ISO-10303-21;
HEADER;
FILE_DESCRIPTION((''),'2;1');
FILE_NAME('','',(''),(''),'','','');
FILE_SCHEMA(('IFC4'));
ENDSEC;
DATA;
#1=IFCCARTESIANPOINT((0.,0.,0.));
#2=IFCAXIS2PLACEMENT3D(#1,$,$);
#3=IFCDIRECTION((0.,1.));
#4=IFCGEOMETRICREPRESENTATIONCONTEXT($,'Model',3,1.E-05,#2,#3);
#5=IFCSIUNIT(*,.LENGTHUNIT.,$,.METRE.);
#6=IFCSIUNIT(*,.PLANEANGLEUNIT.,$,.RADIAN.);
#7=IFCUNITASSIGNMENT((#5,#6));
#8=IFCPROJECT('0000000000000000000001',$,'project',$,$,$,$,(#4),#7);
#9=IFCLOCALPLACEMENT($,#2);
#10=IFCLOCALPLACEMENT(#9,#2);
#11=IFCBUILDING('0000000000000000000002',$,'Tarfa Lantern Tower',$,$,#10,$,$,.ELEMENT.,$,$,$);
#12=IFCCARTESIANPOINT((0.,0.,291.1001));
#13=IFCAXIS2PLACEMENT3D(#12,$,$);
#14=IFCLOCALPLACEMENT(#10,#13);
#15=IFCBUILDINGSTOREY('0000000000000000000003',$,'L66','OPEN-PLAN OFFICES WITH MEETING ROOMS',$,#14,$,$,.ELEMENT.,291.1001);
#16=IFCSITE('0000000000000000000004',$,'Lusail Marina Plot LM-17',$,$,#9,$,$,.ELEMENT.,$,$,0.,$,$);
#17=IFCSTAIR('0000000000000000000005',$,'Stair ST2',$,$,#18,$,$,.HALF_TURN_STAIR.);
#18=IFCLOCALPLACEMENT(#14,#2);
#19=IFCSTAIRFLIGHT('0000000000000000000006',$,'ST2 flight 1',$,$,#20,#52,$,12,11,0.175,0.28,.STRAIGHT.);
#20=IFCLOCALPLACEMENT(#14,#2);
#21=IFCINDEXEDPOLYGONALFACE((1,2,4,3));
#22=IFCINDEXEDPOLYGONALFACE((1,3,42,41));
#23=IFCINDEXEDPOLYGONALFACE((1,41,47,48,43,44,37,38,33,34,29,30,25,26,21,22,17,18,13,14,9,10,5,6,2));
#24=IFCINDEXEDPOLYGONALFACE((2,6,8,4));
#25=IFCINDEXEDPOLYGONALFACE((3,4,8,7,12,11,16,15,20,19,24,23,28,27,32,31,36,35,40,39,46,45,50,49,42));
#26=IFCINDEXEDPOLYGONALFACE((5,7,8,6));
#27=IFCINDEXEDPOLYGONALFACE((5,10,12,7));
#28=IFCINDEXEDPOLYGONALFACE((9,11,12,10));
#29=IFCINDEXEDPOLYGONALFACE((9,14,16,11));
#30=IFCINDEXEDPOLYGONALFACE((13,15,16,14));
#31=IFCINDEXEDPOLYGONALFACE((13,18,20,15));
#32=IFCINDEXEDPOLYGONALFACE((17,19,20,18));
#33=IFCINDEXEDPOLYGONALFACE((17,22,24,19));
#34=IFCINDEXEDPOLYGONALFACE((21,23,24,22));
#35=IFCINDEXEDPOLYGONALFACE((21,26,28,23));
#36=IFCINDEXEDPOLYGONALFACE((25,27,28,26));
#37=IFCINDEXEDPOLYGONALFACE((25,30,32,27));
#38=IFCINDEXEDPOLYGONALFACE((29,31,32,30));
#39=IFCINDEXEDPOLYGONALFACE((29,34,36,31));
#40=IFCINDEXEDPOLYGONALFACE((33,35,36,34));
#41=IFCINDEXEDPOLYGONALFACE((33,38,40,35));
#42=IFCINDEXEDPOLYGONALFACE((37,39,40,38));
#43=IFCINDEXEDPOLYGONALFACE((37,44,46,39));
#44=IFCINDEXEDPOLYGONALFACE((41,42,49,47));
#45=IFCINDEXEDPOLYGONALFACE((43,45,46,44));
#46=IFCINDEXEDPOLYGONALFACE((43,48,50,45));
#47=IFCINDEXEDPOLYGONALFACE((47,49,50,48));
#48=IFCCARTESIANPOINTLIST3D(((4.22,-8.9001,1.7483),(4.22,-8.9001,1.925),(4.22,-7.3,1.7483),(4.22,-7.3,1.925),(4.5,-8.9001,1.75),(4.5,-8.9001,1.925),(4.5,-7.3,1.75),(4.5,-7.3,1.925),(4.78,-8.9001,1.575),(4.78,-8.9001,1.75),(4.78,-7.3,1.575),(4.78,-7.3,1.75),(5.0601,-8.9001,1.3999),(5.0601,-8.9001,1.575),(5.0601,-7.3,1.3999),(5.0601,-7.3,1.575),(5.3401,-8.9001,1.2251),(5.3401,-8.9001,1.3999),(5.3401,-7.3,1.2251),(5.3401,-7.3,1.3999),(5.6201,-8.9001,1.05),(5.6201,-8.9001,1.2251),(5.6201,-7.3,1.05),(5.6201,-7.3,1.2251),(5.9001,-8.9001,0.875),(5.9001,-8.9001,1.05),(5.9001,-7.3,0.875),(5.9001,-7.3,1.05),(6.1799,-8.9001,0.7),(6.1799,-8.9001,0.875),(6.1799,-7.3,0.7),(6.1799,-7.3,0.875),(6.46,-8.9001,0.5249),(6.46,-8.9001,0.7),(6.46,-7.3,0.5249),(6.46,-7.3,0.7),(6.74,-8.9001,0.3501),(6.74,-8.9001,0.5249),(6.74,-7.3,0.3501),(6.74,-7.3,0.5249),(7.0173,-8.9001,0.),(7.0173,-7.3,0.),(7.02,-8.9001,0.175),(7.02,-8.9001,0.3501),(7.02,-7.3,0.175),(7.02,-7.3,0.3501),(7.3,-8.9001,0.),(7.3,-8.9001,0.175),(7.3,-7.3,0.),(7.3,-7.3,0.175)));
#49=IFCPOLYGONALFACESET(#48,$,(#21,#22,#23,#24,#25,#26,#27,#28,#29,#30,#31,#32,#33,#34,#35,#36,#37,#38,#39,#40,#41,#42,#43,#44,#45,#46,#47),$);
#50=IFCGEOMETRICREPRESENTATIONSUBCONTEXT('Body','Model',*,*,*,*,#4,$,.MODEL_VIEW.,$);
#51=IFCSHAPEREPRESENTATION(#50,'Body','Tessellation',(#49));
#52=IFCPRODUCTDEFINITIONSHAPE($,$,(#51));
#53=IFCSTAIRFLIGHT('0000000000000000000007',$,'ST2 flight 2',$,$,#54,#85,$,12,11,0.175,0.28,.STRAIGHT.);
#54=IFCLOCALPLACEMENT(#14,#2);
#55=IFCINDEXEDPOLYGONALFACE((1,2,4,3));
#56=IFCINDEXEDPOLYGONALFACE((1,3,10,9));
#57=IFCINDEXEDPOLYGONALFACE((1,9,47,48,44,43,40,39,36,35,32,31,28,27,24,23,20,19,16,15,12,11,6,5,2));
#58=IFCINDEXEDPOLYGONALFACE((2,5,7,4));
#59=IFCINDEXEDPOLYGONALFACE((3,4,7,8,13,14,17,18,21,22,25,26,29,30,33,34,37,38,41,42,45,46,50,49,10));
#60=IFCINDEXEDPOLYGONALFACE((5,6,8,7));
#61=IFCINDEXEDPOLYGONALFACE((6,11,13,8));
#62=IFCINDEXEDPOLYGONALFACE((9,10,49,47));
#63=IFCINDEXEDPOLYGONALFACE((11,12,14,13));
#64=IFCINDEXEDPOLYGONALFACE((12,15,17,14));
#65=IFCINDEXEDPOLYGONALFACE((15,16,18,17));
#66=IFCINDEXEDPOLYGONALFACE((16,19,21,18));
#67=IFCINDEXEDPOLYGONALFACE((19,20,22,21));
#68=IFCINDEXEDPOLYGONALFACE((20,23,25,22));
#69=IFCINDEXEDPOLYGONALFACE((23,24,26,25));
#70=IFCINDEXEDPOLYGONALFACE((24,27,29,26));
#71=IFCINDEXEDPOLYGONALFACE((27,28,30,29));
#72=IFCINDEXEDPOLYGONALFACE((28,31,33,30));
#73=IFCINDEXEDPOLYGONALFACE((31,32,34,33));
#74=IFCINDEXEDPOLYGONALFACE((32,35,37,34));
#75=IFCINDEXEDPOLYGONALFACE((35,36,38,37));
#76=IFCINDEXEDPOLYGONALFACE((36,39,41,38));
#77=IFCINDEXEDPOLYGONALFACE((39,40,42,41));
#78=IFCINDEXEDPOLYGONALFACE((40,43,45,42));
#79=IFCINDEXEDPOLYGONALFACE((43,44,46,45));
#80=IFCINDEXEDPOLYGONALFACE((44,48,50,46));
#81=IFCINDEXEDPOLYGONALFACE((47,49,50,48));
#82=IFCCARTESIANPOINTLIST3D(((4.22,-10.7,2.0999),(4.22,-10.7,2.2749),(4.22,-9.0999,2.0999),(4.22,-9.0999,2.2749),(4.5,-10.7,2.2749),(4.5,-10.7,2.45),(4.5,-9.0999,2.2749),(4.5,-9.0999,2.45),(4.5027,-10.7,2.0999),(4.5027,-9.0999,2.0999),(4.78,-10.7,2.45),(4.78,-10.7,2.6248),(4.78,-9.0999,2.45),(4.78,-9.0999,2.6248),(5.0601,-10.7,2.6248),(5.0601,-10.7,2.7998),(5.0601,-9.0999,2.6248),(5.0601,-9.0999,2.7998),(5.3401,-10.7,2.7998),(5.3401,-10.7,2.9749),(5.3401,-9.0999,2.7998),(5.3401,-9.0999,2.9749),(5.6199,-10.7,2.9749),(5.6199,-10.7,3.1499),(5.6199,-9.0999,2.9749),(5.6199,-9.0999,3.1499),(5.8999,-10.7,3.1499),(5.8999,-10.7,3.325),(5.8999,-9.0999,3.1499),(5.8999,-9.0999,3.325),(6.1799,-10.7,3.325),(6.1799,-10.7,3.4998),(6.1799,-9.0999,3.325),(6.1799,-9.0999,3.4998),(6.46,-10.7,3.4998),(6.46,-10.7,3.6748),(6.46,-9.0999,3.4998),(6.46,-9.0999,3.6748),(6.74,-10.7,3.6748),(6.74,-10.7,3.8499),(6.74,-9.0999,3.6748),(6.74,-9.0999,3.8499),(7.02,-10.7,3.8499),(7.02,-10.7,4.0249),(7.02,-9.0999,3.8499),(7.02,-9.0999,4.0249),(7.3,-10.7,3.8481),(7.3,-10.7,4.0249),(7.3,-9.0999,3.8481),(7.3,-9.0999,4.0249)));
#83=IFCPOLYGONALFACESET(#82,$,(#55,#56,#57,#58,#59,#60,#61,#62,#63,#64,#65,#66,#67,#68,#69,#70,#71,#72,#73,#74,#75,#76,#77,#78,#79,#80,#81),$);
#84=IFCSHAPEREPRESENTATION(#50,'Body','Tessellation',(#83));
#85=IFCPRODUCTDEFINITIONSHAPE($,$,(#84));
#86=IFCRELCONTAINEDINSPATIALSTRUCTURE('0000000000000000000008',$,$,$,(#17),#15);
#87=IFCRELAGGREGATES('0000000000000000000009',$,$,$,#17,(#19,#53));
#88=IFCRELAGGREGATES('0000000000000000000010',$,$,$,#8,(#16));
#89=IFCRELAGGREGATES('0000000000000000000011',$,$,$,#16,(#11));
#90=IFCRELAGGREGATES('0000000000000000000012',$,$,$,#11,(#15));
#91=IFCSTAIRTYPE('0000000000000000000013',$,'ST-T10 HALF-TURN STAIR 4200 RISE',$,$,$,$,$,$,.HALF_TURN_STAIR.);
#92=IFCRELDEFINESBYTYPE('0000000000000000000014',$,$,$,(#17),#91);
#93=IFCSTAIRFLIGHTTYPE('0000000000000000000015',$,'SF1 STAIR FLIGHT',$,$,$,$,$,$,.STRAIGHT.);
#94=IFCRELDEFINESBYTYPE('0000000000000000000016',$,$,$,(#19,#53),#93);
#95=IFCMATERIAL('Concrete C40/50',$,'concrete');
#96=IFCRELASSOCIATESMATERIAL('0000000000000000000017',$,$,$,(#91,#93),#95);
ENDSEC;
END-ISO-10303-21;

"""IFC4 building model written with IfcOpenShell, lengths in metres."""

from ifc_helpers import new_model, si_unit, direction, frame, origin, place, context, subcontext, project, spatial, polyline, outline, extrude, material, type_object, element, aggregate, save


model = new_model("IFC4")

# Units and contexts
model_context = context("Model", 3, precision=1e-05, world=origin(), true_north=direction((0.0, 1.0)))
body_context = subcontext(model_context, "Body", "Model", "MODEL_VIEW")
ifc_project = project(units=[si_unit("LENGTHUNIT", "METRE"), si_unit("PLANEANGLEUNIT", "RADIAN")], contexts=[model_context])

# Site, building, storey
site_placement = place(None, origin())
site = spatial("IfcSite", under=ifc_project, at=site_placement, Name="Lusail Marina Plot LM-17", CompositionType="ELEMENT", RefElevation=0.0)
building_placement = place(site_placement, origin())
building = spatial("IfcBuilding", under=site, at=building_placement, Name="Tarfa Lantern Tower", CompositionType="ELEMENT")
storey_placement = place(building_placement, frame((0.0, 0.0, 291.1001)))
storey = spatial("IfcBuildingStorey", under=building, at=storey_placement, Name="L66", Description="OPEN-PLAN OFFICES WITH MEETING ROOMS", CompositionType="ELEMENT", Elevation=291.1001)

# Stair, stair flights
ifc_material_1 = material(Name="Concrete C40/50", Category="concrete")
stair_type = type_object("IfcStairType", Name="ST-T10 HALF-TURN STAIR 4200 RISE", PredefinedType="HALF_TURN_STAIR", material=ifc_material_1)
stair_placement = place(storey_placement, origin())
stair = element("IfcStair", 1, at=stair_placement, inside=storey, type_object=stair_type, Name="Stair ST2", PredefinedType="HALF_TURN_STAIR")
stair_flight_type = type_object("IfcStairFlightType", Name="SF1 STAIR FLIGHT", PredefinedType="STRAIGHT", material=ifc_material_1)
stair_flight_1_placement = place(storey_placement, frame((7.3, -8.1001, 0.0), z_axis=(0.0, 0.0, 1.0), x_axis=(-1.0, 0.0, 0.0)))
stair_flight_1 = element("IfcStairFlight", 2, at=stair_flight_1_placement, type_object=stair_flight_type, Name="ST2 flight 1", NumberOfRisers=12, NumberOfTreads=11, PredefinedType="STRAIGHT", RiserHeight=0.175, TreadLength=0.28, context=body_context, shape_type="SweptSolid", body=[
    extrude(outline(polyline([(0.0, 0.0), (0.0, 0.175), (0.28, 0.175), (0.28, 0.3501), (0.5601, 0.3501), (0.5601, 0.5249), (0.8401, 0.5249), (0.8401, 0.7), (1.1201, 0.7), (1.1201, 0.875), (1.3999, 0.875), (1.3999, 1.05), (1.6799, 1.05), (1.6799, 1.2251), (1.96, 1.2251), (1.96, 1.3999), (2.24, 1.3999), (2.24, 1.575), (2.52, 1.575), (2.52, 1.75), (2.8, 1.75), (2.8, 1.925), (3.0801, 1.925), (3.0801, 2.1001), (3.0801, 1.7483), (0.2827, 0.0), (0.0, 0.0)])), frame((0.0, 0.8, 0.0), z_axis=(0.0, -1.0, 0.0), x_axis=(1.0, 0.0, 0.0)), (0.0, 0.0, 1.0), 1.6001),
])
stair_flight_2_placement = place(storey_placement, frame((4.22, -9.8999, 2.0999), z_axis=(0.0, 0.0, 1.0), x_axis=(1.0, 0.0, 0.0)))
stair_flight_2 = element("IfcStairFlight", 3, at=stair_flight_2_placement, type_object=stair_flight_type, Name="ST2 flight 2", NumberOfRisers=12, NumberOfTreads=11, PredefinedType="STRAIGHT", RiserHeight=0.175, TreadLength=0.28, context=body_context, shape_type="SweptSolid", body=[
    extrude(outline(polyline([(0.0, 0.0), (0.0, 0.175), (0.28, 0.175), (0.28, 0.3501), (0.5601, 0.3501), (0.5601, 0.5249), (0.8401, 0.5249), (0.8401, 0.7), (1.1201, 0.7), (1.1201, 0.875), (1.3999, 0.875), (1.3999, 1.05), (1.6799, 1.05), (1.6799, 1.2251), (1.96, 1.2251), (1.96, 1.3999), (2.24, 1.3999), (2.24, 1.575), (2.52, 1.575), (2.52, 1.75), (2.8, 1.75), (2.8, 1.925), (3.0801, 1.925), (3.0801, 2.1001), (3.0801, 1.7483), (0.2827, 0.0), (0.0, 0.0)])), frame((0.0, 0.8, 0.0), z_axis=(0.0, -1.0, 0.0), x_axis=(1.0, 0.0, 0.0)), (0.0, 0.0, 1.0), 1.6001),
])
aggregate(stair, [stair_flight_1, stair_flight_2])

save(model, "model.ifc")
